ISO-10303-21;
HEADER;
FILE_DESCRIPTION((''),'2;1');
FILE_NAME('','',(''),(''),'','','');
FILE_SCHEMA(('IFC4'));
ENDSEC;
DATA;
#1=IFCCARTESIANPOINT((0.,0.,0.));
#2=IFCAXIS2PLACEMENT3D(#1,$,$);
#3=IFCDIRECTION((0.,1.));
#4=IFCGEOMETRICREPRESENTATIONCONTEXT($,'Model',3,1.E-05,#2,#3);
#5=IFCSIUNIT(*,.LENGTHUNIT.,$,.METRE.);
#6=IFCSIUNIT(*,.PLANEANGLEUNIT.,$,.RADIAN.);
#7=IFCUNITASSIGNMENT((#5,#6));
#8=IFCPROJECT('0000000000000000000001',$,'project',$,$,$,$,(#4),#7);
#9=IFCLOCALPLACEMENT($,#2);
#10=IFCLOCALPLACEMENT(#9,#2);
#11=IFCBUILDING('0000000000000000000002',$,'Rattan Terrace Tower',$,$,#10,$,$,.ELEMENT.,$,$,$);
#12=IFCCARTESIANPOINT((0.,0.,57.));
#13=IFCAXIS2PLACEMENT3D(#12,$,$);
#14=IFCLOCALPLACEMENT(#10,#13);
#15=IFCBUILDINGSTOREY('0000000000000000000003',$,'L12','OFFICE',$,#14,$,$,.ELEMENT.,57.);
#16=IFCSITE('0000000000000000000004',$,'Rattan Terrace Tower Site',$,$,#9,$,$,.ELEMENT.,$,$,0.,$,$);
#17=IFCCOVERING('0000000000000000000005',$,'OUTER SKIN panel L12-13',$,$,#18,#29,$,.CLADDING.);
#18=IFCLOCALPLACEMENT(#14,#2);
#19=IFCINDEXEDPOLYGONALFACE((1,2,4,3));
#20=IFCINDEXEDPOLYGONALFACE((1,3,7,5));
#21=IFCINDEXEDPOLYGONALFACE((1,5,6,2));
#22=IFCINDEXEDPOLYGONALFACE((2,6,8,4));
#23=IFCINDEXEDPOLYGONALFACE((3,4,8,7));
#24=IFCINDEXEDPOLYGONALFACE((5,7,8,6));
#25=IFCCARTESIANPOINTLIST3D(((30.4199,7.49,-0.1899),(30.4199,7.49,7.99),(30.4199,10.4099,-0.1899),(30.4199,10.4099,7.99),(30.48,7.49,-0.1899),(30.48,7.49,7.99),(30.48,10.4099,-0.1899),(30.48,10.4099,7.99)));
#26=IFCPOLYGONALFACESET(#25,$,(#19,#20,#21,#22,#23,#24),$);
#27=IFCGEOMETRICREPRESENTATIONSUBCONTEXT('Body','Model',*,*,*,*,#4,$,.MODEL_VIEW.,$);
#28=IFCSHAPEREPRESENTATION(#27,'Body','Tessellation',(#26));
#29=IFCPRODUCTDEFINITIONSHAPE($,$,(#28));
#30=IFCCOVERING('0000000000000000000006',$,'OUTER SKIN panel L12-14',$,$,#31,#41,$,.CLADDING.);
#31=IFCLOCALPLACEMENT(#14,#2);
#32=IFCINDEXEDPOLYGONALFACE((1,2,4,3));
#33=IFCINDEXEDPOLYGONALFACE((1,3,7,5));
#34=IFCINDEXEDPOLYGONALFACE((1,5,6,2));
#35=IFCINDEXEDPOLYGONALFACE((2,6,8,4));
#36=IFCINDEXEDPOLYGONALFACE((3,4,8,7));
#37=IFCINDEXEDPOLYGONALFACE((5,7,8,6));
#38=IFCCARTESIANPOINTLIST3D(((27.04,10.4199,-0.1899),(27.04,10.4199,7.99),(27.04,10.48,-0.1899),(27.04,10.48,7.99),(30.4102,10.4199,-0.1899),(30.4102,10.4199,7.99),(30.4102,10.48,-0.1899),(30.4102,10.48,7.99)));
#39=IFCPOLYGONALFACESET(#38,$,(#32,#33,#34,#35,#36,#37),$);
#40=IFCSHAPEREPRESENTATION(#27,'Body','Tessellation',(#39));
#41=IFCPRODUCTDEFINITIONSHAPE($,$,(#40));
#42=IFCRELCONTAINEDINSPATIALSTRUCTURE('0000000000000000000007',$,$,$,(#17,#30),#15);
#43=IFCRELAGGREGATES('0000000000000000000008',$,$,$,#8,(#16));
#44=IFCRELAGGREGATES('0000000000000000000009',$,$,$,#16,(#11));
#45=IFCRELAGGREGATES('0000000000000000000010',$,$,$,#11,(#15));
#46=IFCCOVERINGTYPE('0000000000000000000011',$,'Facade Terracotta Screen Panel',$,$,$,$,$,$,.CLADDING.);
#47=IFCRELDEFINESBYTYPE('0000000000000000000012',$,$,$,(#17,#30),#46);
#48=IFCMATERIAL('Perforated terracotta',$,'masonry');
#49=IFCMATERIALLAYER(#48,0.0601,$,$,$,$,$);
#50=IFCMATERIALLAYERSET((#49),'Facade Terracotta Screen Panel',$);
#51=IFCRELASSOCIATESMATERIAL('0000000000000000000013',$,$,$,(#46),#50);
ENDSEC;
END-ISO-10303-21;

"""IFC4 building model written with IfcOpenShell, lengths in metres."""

from ifc_helpers import new_model, si_unit, direction, frame, origin, origin_2d, place, context, subcontext, project, spatial, rectangle, extrude, material, layer, layer_set, type_object, element, save


model = new_model("IFC4")

# Units and contexts
model_context = context("Model", 3, precision=1e-05, world=origin(), true_north=direction((0.0, 1.0)))
body_context = subcontext(model_context, "Body", "Model", "MODEL_VIEW")
ifc_project = project(units=[si_unit("LENGTHUNIT", "METRE"), si_unit("PLANEANGLEUNIT", "RADIAN")], contexts=[model_context])

# Site, building, storey
site_placement = place(None, origin())
site = spatial("IfcSite", under=ifc_project, at=site_placement, Name="Rattan Terrace Tower Site", CompositionType="ELEMENT", RefElevation=0.0)
building_placement = place(site_placement, origin())
building = spatial("IfcBuilding", under=site, at=building_placement, Name="Rattan Terrace Tower", CompositionType="ELEMENT")
storey_placement = place(building_placement, frame((0.0, 0.0, 57.0)))
storey = spatial("IfcBuildingStorey", under=building, at=storey_placement, Name="L12", Description="OFFICE", CompositionType="ELEMENT", Elevation=57.0)

# Coverings
ifc_material_1 = material(Name="Perforated terracotta", Category="masonry")
ifc_layer_1 = layer(ifc_material_1, 0.0601)
ifc_layer_set_1 = layer_set([ifc_layer_1], Name="Facade Terracotta Screen Panel")
covering_type = type_object("IfcCoveringType", Name="Facade Terracotta Screen Panel", PredefinedType="CLADDING", material=ifc_layer_set_1)
covering_1_placement = place(storey_placement, frame((30.45, 8.95, -0.1899), z_axis=(0.0, 0.0, 1.0), x_axis=(0.0, 1.0, 0.0)))
element("IfcCovering", 1, at=covering_1_placement, inside=storey, type_object=covering_type, Name="OUTER SKIN panel L12-13", PredefinedType="CLADDING", context=body_context, shape_type="SweptSolid", body=[
    extrude(rectangle(XDim=2.9199, YDim=0.0601, at=origin_2d()), origin(), (0.0, 0.0, 1.0), 8.1799),
])
covering_2_placement = place(storey_placement, frame((28.7251, 10.45, -0.1899), z_axis=(0.0, 0.0, 1.0), x_axis=(-1.0, 0.0, 0.0)))
element("IfcCovering", 2, at=covering_2_placement, inside=storey, type_object=covering_type, Name="OUTER SKIN panel L12-14", PredefinedType="CLADDING", context=body_context, shape_type="SweptSolid", body=[
    extrude(rectangle(XDim=3.3701, YDim=0.0601, at=origin_2d()), origin(), (0.0, 0.0, 1.0), 8.1799),
])

save(model, "model.ifc")
